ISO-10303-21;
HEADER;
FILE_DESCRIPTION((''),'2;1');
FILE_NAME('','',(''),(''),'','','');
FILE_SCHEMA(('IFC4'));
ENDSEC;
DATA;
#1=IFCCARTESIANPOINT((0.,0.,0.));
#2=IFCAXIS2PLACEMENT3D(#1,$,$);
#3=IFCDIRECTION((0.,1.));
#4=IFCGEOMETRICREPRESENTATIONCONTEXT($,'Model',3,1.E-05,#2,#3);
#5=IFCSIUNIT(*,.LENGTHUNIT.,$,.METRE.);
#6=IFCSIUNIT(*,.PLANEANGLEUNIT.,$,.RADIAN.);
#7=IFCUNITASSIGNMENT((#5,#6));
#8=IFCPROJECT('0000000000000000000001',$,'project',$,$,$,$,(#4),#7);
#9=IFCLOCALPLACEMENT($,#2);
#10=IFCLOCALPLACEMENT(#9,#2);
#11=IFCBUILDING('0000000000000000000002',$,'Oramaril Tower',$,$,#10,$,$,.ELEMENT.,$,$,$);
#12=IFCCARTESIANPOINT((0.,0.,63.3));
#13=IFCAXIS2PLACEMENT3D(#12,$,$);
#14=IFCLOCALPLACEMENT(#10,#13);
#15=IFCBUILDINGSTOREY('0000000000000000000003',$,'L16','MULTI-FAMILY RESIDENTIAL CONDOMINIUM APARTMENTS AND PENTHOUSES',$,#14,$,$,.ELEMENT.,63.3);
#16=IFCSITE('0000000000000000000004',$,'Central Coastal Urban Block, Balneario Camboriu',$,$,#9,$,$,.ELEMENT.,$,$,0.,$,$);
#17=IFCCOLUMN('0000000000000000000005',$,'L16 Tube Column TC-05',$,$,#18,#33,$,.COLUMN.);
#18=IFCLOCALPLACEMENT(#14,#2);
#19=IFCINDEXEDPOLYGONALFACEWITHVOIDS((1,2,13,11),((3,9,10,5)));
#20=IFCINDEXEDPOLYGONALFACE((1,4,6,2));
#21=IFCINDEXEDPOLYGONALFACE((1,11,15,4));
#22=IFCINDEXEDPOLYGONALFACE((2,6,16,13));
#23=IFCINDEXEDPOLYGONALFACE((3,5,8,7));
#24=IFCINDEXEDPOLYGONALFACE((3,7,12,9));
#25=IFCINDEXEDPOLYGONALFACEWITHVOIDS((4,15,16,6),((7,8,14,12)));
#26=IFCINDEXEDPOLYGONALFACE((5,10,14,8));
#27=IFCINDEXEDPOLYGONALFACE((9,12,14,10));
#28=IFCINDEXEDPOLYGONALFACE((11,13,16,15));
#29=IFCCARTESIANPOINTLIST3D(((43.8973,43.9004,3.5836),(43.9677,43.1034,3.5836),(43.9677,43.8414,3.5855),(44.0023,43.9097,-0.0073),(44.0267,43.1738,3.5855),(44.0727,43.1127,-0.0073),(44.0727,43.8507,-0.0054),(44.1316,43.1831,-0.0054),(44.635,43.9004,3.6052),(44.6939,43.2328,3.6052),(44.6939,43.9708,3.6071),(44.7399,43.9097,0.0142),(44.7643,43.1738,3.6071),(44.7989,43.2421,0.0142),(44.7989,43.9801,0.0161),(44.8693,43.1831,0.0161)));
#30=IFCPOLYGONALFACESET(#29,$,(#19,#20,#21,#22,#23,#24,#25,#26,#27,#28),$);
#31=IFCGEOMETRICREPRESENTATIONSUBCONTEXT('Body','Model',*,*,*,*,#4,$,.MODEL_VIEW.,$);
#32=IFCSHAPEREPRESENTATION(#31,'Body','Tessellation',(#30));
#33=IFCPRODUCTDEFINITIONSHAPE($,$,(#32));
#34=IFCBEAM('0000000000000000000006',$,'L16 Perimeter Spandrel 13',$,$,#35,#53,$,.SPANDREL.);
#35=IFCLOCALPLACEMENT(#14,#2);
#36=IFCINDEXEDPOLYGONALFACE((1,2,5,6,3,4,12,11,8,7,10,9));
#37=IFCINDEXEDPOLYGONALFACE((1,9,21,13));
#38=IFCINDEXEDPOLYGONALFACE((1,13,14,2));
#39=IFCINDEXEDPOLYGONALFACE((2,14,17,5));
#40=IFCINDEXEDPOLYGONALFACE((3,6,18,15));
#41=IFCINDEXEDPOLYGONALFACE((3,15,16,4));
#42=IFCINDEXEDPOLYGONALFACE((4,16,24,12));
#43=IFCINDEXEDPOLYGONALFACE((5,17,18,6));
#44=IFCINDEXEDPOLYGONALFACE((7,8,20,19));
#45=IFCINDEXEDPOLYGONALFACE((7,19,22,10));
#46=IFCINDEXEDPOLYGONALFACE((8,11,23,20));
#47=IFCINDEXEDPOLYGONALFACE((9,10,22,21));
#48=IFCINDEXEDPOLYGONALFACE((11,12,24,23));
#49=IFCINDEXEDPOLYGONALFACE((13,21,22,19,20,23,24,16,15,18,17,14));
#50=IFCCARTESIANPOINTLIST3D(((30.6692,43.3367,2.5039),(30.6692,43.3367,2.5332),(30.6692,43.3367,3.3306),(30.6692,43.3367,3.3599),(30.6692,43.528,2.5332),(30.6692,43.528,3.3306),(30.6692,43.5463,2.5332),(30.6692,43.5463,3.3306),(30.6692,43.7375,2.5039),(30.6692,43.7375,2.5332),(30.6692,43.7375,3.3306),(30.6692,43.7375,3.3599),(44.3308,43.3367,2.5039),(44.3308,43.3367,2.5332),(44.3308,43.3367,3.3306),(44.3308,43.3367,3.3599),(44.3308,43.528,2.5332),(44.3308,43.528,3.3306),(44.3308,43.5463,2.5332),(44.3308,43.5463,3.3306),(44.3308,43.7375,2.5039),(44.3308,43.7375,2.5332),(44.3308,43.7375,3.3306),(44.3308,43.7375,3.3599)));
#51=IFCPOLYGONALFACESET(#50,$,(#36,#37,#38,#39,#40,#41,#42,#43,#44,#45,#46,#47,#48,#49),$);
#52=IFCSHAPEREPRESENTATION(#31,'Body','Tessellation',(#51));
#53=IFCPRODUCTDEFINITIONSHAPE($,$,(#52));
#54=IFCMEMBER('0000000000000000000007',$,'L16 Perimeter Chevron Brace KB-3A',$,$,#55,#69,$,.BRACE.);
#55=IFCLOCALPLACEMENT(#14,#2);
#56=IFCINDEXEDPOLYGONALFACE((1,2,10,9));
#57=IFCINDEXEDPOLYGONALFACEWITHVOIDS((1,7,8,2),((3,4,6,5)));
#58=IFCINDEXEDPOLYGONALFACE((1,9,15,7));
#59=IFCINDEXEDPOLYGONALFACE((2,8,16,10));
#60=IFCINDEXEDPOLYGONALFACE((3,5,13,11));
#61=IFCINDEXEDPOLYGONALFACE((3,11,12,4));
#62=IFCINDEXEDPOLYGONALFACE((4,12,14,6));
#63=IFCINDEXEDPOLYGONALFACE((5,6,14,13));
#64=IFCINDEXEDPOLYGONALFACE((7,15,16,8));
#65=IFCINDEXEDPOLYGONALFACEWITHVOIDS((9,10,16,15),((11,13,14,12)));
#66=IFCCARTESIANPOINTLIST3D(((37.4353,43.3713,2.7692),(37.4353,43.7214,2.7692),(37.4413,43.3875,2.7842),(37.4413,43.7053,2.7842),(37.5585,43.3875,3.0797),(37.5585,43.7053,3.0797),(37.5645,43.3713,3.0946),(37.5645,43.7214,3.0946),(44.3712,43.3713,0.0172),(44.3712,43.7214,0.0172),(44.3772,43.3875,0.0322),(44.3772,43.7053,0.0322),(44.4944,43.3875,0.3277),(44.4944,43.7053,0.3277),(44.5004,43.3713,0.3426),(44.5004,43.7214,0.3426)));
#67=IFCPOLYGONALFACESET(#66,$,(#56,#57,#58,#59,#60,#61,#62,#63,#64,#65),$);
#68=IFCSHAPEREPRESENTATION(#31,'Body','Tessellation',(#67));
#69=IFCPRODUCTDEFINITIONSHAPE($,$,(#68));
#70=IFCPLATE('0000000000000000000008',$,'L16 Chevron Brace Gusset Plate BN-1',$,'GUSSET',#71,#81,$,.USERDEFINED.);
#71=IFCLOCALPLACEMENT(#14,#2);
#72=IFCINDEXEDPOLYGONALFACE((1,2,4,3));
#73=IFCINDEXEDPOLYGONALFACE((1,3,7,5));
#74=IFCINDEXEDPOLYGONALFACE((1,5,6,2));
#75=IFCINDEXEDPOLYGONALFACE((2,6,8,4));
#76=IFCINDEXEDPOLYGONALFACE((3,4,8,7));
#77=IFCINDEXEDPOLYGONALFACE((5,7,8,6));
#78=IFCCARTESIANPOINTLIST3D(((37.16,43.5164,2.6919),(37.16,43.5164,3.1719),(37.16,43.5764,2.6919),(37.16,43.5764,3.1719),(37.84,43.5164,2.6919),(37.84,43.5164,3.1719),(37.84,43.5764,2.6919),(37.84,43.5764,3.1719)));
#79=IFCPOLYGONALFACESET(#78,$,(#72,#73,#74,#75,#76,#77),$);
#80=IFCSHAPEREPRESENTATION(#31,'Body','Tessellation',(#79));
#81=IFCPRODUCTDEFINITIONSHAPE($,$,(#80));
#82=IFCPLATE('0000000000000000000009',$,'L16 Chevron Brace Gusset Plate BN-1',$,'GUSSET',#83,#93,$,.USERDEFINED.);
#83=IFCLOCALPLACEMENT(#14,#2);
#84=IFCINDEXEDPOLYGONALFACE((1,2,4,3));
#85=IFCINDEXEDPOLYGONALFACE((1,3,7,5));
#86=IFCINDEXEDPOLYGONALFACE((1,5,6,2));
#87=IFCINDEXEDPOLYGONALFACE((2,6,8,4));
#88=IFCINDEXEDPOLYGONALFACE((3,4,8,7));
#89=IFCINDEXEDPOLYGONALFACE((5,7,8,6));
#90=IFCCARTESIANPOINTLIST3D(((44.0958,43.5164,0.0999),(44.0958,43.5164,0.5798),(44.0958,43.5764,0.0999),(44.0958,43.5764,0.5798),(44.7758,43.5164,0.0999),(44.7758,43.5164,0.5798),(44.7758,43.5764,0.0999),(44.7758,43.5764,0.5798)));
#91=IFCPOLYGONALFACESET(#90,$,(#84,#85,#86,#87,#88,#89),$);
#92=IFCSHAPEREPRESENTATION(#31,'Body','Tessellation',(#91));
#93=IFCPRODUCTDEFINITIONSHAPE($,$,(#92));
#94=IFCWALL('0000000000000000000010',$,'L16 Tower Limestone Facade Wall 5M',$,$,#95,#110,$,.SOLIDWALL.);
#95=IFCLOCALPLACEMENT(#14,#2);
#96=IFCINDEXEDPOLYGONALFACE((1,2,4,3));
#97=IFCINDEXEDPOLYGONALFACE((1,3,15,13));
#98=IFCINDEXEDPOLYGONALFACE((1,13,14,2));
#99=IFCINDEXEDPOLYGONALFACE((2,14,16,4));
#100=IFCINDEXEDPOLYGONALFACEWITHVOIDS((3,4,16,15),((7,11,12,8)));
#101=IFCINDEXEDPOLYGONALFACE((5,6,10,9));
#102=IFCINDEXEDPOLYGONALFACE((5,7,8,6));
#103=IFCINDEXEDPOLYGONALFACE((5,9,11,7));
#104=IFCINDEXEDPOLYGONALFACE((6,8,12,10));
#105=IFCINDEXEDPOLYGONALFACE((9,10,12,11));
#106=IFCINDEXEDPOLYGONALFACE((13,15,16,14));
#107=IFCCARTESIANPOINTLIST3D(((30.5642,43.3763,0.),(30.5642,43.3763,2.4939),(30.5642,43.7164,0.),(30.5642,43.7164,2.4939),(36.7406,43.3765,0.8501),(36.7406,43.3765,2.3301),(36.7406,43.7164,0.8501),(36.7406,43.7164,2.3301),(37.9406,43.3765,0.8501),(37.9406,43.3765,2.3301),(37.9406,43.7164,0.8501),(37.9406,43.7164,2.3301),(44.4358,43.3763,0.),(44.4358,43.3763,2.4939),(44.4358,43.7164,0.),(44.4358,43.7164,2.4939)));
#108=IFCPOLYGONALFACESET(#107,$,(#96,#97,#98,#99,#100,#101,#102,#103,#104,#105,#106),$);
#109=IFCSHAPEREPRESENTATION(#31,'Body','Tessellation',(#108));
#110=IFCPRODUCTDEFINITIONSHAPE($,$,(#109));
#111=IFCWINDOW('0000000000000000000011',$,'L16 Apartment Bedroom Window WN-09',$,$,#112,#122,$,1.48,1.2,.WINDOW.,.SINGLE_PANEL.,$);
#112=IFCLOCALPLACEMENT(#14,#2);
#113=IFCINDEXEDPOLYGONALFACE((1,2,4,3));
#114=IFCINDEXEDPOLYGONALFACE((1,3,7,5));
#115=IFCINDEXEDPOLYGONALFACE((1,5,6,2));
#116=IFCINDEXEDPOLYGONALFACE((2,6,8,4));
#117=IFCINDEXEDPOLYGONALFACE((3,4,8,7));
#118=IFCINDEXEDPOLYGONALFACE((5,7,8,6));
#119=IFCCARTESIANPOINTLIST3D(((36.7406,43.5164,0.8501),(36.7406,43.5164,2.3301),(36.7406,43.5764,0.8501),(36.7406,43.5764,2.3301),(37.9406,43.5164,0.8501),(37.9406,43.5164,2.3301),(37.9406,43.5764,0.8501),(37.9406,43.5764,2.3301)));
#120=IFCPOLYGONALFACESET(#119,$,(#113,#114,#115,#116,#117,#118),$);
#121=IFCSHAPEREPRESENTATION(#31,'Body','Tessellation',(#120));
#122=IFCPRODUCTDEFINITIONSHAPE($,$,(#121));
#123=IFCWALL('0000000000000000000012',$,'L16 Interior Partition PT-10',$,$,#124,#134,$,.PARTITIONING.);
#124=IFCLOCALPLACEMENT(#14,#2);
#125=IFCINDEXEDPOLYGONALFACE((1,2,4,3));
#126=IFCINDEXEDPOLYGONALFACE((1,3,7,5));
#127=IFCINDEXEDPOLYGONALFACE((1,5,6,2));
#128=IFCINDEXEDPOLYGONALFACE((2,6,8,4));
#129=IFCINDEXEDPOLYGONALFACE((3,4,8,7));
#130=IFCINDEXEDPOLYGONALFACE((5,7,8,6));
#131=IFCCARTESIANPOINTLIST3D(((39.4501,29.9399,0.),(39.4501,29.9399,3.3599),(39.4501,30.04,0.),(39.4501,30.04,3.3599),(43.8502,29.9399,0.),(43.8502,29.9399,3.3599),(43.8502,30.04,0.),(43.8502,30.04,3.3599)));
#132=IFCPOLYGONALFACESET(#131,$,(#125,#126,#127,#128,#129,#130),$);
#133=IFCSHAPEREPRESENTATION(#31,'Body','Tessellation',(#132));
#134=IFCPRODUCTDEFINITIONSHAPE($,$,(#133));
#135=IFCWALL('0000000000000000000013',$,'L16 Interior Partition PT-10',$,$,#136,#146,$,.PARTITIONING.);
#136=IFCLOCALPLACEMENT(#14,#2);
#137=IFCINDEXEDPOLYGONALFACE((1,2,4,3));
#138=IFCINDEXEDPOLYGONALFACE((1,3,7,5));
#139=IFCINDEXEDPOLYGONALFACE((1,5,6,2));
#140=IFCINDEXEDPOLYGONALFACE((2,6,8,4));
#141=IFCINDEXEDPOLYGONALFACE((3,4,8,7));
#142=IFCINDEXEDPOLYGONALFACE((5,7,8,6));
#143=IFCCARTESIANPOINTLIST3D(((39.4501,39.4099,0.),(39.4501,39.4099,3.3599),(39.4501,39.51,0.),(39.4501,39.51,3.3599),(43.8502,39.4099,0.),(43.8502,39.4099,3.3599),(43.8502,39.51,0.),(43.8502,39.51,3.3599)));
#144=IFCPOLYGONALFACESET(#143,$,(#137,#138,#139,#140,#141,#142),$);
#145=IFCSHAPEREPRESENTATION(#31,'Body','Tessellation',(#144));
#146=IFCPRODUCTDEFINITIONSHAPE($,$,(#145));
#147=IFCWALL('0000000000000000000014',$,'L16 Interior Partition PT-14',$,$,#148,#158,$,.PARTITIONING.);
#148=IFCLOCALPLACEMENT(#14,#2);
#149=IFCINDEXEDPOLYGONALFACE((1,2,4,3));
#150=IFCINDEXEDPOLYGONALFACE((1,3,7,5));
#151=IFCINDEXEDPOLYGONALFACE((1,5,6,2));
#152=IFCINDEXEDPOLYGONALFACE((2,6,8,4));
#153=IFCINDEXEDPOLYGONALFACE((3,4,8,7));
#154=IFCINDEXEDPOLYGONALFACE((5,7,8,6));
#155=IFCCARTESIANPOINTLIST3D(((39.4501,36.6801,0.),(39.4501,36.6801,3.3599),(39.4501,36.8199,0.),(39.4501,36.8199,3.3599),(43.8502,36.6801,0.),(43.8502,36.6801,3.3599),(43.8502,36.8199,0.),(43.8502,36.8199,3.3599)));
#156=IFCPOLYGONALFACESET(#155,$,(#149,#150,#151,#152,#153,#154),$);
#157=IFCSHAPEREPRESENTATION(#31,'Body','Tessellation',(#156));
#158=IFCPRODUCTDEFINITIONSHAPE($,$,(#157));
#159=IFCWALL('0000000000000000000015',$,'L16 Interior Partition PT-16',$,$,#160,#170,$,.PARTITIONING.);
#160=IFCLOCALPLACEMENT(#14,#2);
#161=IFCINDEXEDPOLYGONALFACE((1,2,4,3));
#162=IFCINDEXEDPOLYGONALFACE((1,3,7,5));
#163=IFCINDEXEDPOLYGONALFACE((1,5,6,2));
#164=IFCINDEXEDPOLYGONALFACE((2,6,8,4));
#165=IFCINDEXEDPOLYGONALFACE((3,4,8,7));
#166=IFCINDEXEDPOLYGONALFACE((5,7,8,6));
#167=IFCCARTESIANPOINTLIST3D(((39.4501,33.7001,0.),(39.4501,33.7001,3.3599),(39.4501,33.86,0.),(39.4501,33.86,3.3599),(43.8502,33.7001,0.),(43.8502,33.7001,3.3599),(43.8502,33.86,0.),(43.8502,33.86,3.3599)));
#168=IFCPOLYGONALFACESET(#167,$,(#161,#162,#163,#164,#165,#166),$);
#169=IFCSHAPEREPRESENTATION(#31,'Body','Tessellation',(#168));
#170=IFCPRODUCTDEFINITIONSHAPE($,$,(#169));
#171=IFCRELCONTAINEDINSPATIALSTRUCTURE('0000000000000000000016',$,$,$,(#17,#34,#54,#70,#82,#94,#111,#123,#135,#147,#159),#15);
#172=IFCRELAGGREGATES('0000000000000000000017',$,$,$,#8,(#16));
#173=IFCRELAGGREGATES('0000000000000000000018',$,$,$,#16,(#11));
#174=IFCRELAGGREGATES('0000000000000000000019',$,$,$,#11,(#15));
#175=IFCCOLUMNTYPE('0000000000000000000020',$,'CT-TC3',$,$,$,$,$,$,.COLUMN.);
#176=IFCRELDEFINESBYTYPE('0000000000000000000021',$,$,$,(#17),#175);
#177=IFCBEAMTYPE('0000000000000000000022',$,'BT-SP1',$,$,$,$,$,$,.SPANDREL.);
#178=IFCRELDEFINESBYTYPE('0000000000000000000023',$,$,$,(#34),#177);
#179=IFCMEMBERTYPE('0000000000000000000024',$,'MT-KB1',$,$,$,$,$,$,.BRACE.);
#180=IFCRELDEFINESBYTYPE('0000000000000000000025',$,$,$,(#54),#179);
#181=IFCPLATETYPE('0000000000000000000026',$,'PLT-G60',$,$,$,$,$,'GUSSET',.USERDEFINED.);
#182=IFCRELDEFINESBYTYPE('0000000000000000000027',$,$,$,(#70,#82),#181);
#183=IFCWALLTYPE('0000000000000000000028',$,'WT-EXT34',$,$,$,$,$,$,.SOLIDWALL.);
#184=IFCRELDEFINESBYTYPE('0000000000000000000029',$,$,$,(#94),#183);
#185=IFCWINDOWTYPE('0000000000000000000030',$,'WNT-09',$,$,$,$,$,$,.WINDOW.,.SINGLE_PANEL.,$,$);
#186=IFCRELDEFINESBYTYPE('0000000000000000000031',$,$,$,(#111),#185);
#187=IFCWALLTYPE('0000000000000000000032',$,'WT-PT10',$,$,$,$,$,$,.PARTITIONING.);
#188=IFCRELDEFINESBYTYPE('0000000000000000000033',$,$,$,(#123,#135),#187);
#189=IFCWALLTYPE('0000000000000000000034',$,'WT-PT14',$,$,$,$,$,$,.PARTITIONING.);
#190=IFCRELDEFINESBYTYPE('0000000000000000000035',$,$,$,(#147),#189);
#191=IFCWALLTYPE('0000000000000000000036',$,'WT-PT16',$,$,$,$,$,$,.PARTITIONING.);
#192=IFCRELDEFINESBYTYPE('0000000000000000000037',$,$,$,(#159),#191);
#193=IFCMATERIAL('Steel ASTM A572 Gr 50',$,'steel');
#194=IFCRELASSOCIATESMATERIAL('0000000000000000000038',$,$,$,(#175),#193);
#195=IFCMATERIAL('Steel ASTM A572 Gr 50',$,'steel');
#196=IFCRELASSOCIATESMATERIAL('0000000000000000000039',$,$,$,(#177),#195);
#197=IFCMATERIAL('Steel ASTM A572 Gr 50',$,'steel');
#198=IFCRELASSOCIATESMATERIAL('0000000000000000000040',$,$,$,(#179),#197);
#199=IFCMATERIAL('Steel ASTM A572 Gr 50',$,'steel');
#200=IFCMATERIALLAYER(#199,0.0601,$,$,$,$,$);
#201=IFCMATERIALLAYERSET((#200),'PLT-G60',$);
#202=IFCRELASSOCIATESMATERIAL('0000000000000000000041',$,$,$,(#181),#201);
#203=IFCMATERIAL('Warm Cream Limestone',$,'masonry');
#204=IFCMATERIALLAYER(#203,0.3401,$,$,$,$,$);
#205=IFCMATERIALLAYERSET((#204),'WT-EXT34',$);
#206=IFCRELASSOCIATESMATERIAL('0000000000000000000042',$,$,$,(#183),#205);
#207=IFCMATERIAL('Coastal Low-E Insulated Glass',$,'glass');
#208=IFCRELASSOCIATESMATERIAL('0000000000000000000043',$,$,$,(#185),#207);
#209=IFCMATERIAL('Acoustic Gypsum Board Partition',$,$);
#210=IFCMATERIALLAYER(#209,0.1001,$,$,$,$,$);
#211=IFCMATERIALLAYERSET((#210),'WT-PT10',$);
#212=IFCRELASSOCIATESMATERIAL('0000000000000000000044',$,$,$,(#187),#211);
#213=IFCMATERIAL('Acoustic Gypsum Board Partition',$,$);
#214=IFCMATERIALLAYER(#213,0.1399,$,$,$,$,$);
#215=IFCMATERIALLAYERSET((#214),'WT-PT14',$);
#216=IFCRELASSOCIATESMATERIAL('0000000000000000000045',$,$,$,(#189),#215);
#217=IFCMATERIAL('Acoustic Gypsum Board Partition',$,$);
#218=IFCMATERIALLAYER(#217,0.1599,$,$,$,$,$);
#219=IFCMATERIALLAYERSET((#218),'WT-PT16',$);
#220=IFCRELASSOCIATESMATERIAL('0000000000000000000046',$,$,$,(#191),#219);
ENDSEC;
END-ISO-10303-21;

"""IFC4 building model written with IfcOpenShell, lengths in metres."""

from ifc_helpers import new_model, si_unit, direction, frame, frame_2d, origin, origin_2d, place, context, subcontext, project, spatial, rectangle, hollow_rectangle, i_section, extrude, material, layer, layer_set, material_profile, profile_set, type_object, element, fill, save


model = new_model("IFC4")

# Units and contexts
model_context = context("Model", 3, precision=1e-05, world=origin(), true_north=direction((0.0, 1.0)))
body_context = subcontext(model_context, "Body", "Model", "MODEL_VIEW")
ifc_project = project(units=[si_unit("LENGTHUNIT", "METRE"), si_unit("PLANEANGLEUNIT", "RADIAN")], contexts=[model_context])

# Site, building, storey
site_placement = place(None, origin())
site = spatial("IfcSite", under=ifc_project, at=site_placement, Name="Central Coastal Urban Block, Balneario Camboriu", CompositionType="ELEMENT", RefElevation=0.0)
building_placement = place(site_placement, origin())
building = spatial("IfcBuilding", under=site, at=building_placement, Name="Oramaril Tower", CompositionType="ELEMENT")
storey_placement = place(building_placement, frame((0.0, 0.0, 63.3)))
storey = spatial("IfcBuildingStorey", under=building, at=storey_placement, Name="L16", Description="MULTI-FAMILY RESIDENTIAL CONDOMINIUM APARTMENTS AND PENTHOUSES", CompositionType="ELEMENT", Elevation=63.3)

# Column
ifc_material_1 = material(Name="Steel ASTM A572 Gr 50", Category="steel")
ifc_material_profile_1 = material_profile(ifc_material_1, hollow_rectangle(XDim=0.8, YDim=0.8, WallThickness=0.0649, at=origin_2d()), Name="BOX800X800X65")
ifc_profile_set_1 = profile_set([ifc_material_profile_1], Name="Steel ASTM A572 Gr 50")
column_type = type_object("IfcColumnType", Name="CT-TC3", PredefinedType="COLUMN", material=ifc_profile_set_1)
column_placement = place(storey_placement, frame((44.4358, 43.5464, 0.0044), z_axis=(-0.029221, -0.002582, 0.99957), x_axis=(0.088029, -0.996118, 0.0)))
element("IfcColumn", 1, at=column_placement, inside=storey, type_object=column_type, Name="L16 Tube Column TC-05", PredefinedType="COLUMN", context=body_context, shape_type="SweptSolid", body=[
    extrude(hollow_rectangle(XDim=0.8, YDim=0.8, WallThickness=0.0649, at=origin_2d()), origin(), (0.0, 0.0, 1.0), 3.5925),
])

# Beam
ifc_material_2 = material(Name="Steel ASTM A572 Gr 50", Category="steel")
ifc_material_profile_2 = material_profile(ifc_material_2, i_section(OverallWidth=0.4009, OverallDepth=0.856, WebThickness=0.0183, FlangeThickness=0.0293, at=origin_2d()), Name="W33X201")
ifc_profile_set_2 = profile_set([ifc_material_profile_2], Name="Steel ASTM A572 Gr 50")
beam_type = type_object("IfcBeamType", Name="BT-SP1", PredefinedType="SPANDREL", material=ifc_profile_set_2)
beam_placement = place(storey_placement, frame((44.3308, 43.5371, 2.9319), z_axis=(-1.0, 0.0, 0.0), x_axis=(0.0, -1.0, 0.0)))
element("IfcBeam", 2, at=beam_placement, inside=storey, type_object=beam_type, Name="L16 Perimeter Spandrel 13", PredefinedType="SPANDREL", context=body_context, shape_type="SweptSolid", body=[
    extrude(i_section(OverallWidth=0.4009, OverallDepth=0.856, WebThickness=0.0183, FlangeThickness=0.0293, at=origin_2d()), origin(), (0.0, 0.0, 1.0), 13.6616),
])

# Member
ifc_material_3 = material(Name="Steel ASTM A572 Gr 50", Category="steel")
ifc_material_profile_3 = material_profile(ifc_material_3, hollow_rectangle(XDim=0.3501, YDim=0.3501, WallThickness=0.0161, at=origin_2d()), Name="HSS350X350X16")
ifc_profile_set_3 = profile_set([ifc_material_profile_3], Name="Steel ASTM A572 Gr 50")
member_type = type_object("IfcMemberType", Name="MT-KB1", PredefinedType="BRACE", material=ifc_profile_set_3)
member_placement = place(storey_placement, frame((44.4358, 43.5464, 0.1799), z_axis=(-0.929507, 0.0, 0.368806), x_axis=(0.0, -1.0, 0.0)))
element("IfcMember", 3, at=member_placement, inside=storey, type_object=member_type, Name="L16 Perimeter Chevron Brace KB-3A", PredefinedType="BRACE", context=body_context, shape_type="SweptSolid", body=[
    extrude(hollow_rectangle(XDim=0.3501, YDim=0.3501, WallThickness=0.0161, at=origin_2d()), origin(), (0.0, 0.0, 1.0), 7.4619),
])

# Plates
ifc_material_4 = material(Name="Steel ASTM A572 Gr 50", Category="steel")
ifc_layer_1 = layer(ifc_material_4, 0.0601)
ifc_layer_set_1 = layer_set([ifc_layer_1], Name="PLT-G60")
plate_type = type_object("IfcPlateType", Name="PLT-G60", ElementType="GUSSET", PredefinedType="USERDEFINED", material=ifc_layer_set_1)
for number, where, z_axis, x_axis, name in (
    (4, (37.5, 43.5464, 2.6919), (0.0, 0.0, 1.0), (-1.0, 0.0, 0.0), "L16 Chevron Brace Gusset Plate BN-1"),
    (5, (44.4358, 43.5464, 0.0999), (0.0, 0.0, 1.0), (-1.0, 0.0, 0.0), "L16 Chevron Brace Gusset Plate BN-1"),
):
    element("IfcPlate", number, at=place(storey_placement, frame(where, z_axis=z_axis, x_axis=x_axis)), inside=storey, type_object=plate_type, Name=name, ObjectType="GUSSET", PredefinedType="USERDEFINED", context=body_context, shape_type="SweptSolid", body=[
        extrude(rectangle(XDim=0.6799, YDim=0.0601, at=origin_2d()), origin(), (0.0, 0.0, 1.0), 0.48),
    ])

# Wall, opening, window
ifc_material_5 = material(Name="Warm Cream Limestone", Category="masonry")
ifc_layer_2 = layer(ifc_material_5, 0.3401)
ifc_layer_set_2 = layer_set([ifc_layer_2], Name="WT-EXT34")
wall_type_1 = type_object("IfcWallType", Name="WT-EXT34", PredefinedType="SOLIDWALL", material=ifc_layer_set_2)
wall_1_placement = place(storey_placement, frame((44.4358, 43.5464, 0.0), z_axis=(0.0, 0.0, 1.0), x_axis=(-1.0, 0.0, 0.0)))
wall_1 = element("IfcWall", 6, at=wall_1_placement, inside=storey, type_object=wall_type_1, Name="L16 Tower Limestone Facade Wall 5M", PredefinedType="SOLIDWALL", context=body_context, shape_type="SweptSolid", body=[
    extrude(rectangle(XDim=13.8716, YDim=0.3401, at=frame_2d((6.9358, 0.0))), origin(), (0.0, 0.0, 1.0), 2.4939),
])
opening_1_placement = place(wall_1_placement, frame((6.4951, 0.0, 0.8501)))
opening_1 = element("IfcOpeningElement", 7, at=opening_1_placement, cuts=wall_1, PredefinedType="OPENING", context=body_context, shape_type="SweptSolid", body=[
    extrude(rectangle(XDim=1.2, YDim=1.48, at=frame_2d((0.6001, 0.74))), frame((0.0, 0.1699, 0.0), z_axis=(0.0, -1.0, 0.0), x_axis=(1.0, 0.0, 0.0)), (0.0, 0.0, 1.0), 0.3401),
])
ifc_material_6 = material(Name="Coastal Low-E Insulated Glass", Category="glass")
window_type = type_object("IfcWindowType", Name="WNT-09", PartitioningType="SINGLE_PANEL", PredefinedType="WINDOW", material=ifc_material_6)
window_placement = place(opening_1_placement, origin())
window = element("IfcWindow", 8, at=window_placement, inside=storey, type_object=window_type, Name="L16 Apartment Bedroom Window WN-09", OverallHeight=1.48, OverallWidth=1.2, PartitioningType="SINGLE_PANEL", PredefinedType="WINDOW", context=body_context, shape_type="SweptSolid", body=[
    extrude(rectangle(XDim=1.2, YDim=1.48, at=frame_2d((0.6001, 0.74))), frame((0.0, 0.03, 0.0), z_axis=(0.0, -1.0, 0.0), x_axis=(1.0, 0.0, 0.0)), (0.0, 0.0, 1.0), 0.0601),
])
fill(opening_1, window)

# Walls
ifc_material_7 = material(Name="Acoustic Gypsum Board Partition")
ifc_layer_3 = layer(ifc_material_7, 0.1001)
ifc_layer_set_3 = layer_set([ifc_layer_3], Name="WT-PT10")
wall_type_2 = type_object("IfcWallType", Name="WT-PT10", PredefinedType="PARTITIONING", material=ifc_layer_set_3)
for number, where, z_axis, x_axis, name in (
    (9, (39.45, 29.99, 0.0), (0.0, 0.0, 1.0), (1.0, 0.0, 0.0), "L16 Interior Partition PT-10"),
    (10, (39.45, 39.46, 0.0), (0.0, 0.0, 1.0), (1.0, 0.0, 0.0), "L16 Interior Partition PT-10"),
):
    element("IfcWall", number, at=place(storey_placement, frame(where, z_axis=z_axis, x_axis=x_axis)), inside=storey, type_object=wall_type_2, Name=name, PredefinedType="PARTITIONING", context=body_context, shape_type="SweptSolid", body=[
        extrude(rectangle(XDim=4.4001, YDim=0.1001, at=frame_2d((2.2002, 0.0))), origin(), (0.0, 0.0, 1.0), 3.3599),
    ])
ifc_material_8 = material(Name="Acoustic Gypsum Board Partition")
ifc_layer_4 = layer(ifc_material_8, 0.1399)
ifc_layer_set_4 = layer_set([ifc_layer_4], Name="WT-PT14")
wall_type_3 = type_object("IfcWallType", Name="WT-PT14", PredefinedType="PARTITIONING", material=ifc_layer_set_4)
wall_2_placement = place(storey_placement, frame((39.45, 36.75, 0.0), z_axis=(0.0, 0.0, 1.0), x_axis=(1.0, 0.0, 0.0)))
element("IfcWall", 11, at=wall_2_placement, inside=storey, type_object=wall_type_3, Name="L16 Interior Partition PT-14", PredefinedType="PARTITIONING", context=body_context, shape_type="SweptSolid", body=[
    extrude(rectangle(XDim=4.4001, YDim=0.1399, at=frame_2d((2.2002, 0.0))), origin(), (0.0, 0.0, 1.0), 3.3599),
])
ifc_material_9 = material(Name="Acoustic Gypsum Board Partition")
ifc_layer_5 = layer(ifc_material_9, 0.1599)
ifc_layer_set_5 = layer_set([ifc_layer_5], Name="WT-PT16")
wall_type_4 = type_object("IfcWallType", Name="WT-PT16", PredefinedType="PARTITIONING", material=ifc_layer_set_5)
for number, where, z_axis, x_axis, name in (
    (12, (39.45, 33.78, 0.0), (0.0, 0.0, 1.0), (1.0, 0.0, 0.0), "L16 Interior Partition PT-16"),
):
    element("IfcWall", number, at=place(storey_placement, frame(where, z_axis=z_axis, x_axis=x_axis)), inside=storey, type_object=wall_type_4, Name=name, PredefinedType="PARTITIONING", context=body_context, shape_type="SweptSolid", body=[
        extrude(rectangle(XDim=4.4001, YDim=0.1599, at=frame_2d((2.2002, 0.0))), origin(), (0.0, 0.0, 1.0), 3.3599),
    ])

save(model, "model.ifc")
